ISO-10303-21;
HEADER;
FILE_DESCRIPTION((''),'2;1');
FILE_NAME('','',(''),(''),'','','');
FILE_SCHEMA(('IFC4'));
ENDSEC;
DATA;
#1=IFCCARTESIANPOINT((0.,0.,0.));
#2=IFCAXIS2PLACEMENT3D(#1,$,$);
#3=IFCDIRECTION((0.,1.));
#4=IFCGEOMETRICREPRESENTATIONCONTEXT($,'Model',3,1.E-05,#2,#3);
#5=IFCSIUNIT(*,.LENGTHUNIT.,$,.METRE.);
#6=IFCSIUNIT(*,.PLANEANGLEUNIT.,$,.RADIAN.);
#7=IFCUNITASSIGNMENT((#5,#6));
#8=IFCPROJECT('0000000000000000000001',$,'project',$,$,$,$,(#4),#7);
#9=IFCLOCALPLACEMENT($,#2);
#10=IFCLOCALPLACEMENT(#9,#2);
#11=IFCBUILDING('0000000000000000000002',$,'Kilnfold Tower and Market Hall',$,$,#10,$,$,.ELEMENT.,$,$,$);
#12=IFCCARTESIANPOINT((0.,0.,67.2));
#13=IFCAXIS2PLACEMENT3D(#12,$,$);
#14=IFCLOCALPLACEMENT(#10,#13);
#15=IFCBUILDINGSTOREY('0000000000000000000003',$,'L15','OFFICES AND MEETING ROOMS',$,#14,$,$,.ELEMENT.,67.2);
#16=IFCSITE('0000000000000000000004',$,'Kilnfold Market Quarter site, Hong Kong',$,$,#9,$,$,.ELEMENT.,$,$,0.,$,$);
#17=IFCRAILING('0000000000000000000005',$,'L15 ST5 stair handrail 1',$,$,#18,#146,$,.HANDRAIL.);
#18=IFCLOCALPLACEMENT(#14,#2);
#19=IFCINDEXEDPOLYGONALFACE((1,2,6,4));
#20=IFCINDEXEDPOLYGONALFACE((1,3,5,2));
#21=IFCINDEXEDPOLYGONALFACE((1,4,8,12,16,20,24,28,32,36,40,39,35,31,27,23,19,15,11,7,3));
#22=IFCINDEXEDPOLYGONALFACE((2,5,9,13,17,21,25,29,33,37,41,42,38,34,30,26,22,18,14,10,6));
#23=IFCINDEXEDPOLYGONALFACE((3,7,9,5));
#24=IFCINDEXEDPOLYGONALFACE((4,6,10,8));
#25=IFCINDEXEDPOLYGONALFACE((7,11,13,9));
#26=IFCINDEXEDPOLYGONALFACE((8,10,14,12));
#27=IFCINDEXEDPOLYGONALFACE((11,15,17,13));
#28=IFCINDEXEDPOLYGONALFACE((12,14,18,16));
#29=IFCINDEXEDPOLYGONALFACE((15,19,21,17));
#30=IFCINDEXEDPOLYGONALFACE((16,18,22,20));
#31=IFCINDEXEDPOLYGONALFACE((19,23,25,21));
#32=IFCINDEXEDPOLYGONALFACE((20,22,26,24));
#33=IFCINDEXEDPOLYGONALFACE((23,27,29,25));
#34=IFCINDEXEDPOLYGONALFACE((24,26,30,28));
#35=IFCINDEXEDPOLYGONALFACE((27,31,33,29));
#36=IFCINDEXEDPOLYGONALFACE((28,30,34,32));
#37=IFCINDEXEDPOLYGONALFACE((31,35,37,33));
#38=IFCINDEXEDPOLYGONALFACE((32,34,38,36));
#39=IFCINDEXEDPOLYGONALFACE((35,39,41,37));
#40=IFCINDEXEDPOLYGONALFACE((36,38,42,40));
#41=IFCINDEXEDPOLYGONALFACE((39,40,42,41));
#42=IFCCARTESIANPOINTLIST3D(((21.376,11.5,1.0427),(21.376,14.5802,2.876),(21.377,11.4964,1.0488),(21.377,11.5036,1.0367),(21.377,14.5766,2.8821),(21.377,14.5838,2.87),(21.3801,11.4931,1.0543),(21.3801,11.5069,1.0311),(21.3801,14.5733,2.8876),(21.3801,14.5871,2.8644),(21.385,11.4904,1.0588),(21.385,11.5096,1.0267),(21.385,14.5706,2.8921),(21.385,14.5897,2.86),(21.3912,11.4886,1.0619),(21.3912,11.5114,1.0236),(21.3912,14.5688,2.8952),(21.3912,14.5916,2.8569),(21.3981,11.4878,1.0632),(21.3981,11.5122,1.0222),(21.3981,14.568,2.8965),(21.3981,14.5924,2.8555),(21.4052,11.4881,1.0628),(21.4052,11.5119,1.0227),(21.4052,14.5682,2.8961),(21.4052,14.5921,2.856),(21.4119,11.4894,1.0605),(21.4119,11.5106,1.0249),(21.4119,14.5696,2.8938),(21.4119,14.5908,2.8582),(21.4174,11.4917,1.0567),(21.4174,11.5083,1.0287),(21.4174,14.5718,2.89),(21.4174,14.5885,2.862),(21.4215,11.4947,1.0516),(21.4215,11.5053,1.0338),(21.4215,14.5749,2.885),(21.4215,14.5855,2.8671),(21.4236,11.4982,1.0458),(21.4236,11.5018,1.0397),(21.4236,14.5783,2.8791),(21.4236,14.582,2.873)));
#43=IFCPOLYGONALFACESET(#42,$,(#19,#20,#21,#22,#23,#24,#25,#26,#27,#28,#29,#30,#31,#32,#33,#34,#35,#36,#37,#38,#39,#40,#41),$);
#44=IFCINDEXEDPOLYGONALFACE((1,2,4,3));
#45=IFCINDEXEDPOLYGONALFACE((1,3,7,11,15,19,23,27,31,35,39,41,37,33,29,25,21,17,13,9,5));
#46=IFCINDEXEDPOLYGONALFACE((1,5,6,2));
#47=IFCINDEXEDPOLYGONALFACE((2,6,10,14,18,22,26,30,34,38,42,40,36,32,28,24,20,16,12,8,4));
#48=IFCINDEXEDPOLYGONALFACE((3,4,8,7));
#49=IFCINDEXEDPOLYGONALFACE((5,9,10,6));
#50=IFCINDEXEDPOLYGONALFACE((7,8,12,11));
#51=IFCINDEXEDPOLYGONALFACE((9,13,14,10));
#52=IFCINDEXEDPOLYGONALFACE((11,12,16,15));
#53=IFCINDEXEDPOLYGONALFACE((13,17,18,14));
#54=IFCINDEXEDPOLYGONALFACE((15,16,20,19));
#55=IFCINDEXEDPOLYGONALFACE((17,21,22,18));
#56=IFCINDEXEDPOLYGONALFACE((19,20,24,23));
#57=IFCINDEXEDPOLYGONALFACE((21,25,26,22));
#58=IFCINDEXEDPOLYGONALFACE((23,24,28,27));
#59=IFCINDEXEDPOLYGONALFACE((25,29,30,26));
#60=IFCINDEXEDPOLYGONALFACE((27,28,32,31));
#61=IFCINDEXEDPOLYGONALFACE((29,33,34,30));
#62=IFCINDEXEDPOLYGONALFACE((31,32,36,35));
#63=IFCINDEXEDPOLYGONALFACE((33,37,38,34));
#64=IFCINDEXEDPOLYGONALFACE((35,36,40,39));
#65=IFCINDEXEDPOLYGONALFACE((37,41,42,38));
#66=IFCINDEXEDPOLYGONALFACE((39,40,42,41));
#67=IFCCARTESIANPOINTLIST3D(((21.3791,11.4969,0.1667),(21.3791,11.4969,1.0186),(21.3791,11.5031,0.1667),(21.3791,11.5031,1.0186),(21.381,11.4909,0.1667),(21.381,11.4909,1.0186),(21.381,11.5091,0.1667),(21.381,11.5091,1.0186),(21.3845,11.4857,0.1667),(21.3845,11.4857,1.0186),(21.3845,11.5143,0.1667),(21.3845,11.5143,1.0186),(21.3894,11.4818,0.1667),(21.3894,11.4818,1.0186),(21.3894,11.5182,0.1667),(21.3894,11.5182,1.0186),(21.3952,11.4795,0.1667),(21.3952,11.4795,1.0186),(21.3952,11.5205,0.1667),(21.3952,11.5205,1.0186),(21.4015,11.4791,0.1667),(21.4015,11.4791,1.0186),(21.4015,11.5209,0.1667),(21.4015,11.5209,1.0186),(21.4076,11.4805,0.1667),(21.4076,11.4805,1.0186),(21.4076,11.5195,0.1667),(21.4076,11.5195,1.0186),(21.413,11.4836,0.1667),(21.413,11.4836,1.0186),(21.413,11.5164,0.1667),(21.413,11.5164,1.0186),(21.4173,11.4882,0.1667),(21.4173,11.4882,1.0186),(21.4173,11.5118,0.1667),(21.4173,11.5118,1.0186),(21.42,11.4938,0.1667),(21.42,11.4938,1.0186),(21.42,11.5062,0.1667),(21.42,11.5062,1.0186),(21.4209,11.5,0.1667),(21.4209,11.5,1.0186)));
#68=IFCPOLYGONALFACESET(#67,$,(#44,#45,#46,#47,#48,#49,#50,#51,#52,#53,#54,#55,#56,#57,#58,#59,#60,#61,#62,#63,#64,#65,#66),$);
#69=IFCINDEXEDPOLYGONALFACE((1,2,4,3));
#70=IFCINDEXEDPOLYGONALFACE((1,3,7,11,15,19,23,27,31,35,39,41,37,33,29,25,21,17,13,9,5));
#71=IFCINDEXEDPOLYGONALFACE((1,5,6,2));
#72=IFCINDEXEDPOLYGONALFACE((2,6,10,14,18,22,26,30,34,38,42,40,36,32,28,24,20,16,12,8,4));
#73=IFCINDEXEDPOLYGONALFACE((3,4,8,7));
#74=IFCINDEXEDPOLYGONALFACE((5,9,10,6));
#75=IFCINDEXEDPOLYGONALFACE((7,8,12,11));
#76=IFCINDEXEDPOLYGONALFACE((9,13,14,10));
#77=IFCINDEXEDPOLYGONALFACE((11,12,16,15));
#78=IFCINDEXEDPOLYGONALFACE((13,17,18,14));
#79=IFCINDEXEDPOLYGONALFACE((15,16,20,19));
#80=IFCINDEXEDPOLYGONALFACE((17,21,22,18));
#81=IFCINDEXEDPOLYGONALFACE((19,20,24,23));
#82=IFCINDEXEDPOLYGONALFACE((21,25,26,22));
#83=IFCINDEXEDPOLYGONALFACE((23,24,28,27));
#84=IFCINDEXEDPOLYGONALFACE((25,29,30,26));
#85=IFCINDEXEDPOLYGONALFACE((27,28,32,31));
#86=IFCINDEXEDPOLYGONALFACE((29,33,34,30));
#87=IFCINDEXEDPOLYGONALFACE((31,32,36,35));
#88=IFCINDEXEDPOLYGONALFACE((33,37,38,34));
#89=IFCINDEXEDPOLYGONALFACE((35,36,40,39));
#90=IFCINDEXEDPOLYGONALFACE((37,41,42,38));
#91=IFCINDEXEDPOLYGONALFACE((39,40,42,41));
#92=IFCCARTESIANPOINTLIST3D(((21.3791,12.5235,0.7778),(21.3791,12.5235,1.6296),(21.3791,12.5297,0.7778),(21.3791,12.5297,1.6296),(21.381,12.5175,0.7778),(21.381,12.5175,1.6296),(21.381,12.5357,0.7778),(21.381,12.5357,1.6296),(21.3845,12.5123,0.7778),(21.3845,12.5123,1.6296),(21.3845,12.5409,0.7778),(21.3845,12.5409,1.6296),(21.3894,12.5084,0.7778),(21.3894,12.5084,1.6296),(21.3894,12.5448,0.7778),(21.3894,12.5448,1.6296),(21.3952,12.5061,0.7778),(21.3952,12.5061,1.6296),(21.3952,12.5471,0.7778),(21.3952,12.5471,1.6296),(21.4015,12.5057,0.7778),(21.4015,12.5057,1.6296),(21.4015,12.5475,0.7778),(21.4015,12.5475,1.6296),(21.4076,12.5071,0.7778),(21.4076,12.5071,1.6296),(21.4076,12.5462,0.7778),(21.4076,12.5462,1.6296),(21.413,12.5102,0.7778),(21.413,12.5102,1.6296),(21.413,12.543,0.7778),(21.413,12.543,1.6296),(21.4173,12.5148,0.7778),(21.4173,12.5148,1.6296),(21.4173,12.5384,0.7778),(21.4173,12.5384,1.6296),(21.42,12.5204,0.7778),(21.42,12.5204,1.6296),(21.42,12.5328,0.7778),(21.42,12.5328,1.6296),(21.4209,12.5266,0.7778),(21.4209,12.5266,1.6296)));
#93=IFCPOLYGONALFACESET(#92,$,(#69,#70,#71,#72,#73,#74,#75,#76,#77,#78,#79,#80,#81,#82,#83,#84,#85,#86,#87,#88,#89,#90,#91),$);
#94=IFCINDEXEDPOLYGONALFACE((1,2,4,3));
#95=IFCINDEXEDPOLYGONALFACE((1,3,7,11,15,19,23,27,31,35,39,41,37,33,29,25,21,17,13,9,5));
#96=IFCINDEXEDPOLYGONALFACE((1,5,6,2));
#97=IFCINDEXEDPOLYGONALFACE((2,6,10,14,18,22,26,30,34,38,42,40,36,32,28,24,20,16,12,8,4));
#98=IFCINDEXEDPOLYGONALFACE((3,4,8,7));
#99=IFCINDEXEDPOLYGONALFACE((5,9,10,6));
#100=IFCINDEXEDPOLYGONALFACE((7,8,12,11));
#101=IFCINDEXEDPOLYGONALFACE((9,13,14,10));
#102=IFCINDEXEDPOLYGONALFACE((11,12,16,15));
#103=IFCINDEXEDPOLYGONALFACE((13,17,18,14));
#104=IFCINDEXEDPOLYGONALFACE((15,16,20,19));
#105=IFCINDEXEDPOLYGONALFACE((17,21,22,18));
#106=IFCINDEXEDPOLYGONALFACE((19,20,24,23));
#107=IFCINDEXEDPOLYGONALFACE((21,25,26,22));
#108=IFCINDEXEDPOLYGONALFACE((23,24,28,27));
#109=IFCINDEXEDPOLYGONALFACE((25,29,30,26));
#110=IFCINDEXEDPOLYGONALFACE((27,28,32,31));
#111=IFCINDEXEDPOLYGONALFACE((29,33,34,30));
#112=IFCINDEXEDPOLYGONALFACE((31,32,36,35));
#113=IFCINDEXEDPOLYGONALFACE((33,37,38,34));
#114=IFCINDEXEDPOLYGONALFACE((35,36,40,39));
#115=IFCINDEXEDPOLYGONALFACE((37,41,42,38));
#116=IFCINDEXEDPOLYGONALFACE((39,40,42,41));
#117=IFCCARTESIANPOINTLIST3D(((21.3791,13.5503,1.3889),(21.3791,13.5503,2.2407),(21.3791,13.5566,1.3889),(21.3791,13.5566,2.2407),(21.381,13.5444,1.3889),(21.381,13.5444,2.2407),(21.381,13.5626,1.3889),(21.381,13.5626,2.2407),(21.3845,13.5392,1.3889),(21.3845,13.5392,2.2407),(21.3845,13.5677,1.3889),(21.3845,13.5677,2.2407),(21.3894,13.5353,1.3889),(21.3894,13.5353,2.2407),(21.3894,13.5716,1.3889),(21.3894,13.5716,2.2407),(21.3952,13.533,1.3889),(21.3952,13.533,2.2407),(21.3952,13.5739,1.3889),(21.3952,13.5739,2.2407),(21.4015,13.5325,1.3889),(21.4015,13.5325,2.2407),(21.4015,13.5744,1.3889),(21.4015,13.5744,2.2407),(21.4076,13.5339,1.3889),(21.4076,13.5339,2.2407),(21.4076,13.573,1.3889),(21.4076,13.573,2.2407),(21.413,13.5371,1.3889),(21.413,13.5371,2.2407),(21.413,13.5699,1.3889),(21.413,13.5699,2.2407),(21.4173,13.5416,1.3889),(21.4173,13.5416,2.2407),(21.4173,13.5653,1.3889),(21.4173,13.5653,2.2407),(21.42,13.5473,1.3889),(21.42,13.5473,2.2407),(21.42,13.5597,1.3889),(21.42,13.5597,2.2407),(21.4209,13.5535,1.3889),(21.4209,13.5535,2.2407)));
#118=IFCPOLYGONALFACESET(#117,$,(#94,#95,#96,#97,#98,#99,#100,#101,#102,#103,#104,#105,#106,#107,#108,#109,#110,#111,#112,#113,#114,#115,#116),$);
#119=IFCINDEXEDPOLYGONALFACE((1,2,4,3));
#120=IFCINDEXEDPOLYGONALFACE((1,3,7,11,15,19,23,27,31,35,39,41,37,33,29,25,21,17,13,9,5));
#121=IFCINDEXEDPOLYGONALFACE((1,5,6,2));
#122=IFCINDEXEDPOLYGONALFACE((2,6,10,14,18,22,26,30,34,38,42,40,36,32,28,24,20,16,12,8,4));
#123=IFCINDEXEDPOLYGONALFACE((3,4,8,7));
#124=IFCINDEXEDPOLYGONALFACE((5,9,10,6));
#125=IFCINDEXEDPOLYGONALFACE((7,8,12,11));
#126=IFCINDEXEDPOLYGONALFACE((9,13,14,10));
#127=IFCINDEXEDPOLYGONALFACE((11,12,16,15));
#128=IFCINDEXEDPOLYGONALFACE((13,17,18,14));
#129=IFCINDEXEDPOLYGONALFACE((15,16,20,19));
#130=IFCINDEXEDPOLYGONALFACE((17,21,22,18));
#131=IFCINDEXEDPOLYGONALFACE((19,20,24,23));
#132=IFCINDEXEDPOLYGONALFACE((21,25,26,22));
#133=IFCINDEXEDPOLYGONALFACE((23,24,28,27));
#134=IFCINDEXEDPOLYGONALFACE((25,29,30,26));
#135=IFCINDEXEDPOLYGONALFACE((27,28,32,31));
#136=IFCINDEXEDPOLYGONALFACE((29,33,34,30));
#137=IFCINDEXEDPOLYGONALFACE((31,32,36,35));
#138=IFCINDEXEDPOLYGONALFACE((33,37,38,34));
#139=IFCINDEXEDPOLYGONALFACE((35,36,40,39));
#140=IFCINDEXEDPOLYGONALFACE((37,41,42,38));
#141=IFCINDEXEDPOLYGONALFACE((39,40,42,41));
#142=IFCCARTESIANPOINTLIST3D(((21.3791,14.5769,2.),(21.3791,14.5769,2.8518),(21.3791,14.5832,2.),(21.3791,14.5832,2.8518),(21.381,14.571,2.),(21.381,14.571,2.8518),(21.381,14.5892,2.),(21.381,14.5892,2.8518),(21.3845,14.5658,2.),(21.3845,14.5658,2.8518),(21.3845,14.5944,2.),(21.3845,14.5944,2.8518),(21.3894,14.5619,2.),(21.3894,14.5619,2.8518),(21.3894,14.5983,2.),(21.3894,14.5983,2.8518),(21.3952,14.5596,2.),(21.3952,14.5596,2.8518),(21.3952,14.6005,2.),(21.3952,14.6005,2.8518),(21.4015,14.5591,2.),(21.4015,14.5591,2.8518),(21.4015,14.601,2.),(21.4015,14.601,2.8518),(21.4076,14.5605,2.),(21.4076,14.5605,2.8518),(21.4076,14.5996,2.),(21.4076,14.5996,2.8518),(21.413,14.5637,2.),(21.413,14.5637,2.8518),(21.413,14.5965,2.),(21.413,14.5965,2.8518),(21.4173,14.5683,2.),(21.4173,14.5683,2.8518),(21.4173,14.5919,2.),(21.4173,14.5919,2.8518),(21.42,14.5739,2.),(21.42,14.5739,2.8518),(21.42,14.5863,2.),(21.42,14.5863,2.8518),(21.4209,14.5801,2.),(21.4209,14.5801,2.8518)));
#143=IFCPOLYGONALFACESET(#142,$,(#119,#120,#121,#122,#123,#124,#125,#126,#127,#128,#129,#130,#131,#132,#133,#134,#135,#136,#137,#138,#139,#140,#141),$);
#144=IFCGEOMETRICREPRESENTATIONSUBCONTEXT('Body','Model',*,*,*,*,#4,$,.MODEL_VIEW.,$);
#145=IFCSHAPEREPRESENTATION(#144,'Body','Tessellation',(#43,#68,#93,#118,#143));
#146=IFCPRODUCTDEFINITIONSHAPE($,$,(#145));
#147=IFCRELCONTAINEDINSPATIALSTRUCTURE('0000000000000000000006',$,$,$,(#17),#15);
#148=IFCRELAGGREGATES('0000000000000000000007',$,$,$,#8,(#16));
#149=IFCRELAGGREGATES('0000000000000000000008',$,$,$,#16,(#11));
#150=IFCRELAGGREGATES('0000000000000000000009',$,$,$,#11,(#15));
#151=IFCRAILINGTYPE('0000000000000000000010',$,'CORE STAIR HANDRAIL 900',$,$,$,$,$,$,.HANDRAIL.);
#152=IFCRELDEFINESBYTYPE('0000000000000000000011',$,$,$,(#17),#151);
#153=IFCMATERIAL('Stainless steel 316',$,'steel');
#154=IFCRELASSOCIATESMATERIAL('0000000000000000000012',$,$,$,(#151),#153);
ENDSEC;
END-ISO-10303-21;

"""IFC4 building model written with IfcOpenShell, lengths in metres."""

from ifc_helpers import new_model, si_unit, direction, frame, origin, origin_2d, place, context, subcontext, project, spatial, circle, extrude, material, type_object, element, save


model = new_model("IFC4")

# Units and contexts
model_context = context("Model", 3, precision=1e-05, world=origin(), true_north=direction((0.0, 1.0)))
body_context = subcontext(model_context, "Body", "Model", "MODEL_VIEW")
ifc_project = project(units=[si_unit("LENGTHUNIT", "METRE"), si_unit("PLANEANGLEUNIT", "RADIAN")], contexts=[model_context])

# Site, building, storey
site_placement = place(None, origin())
site = spatial("IfcSite", under=ifc_project, at=site_placement, Name="Kilnfold Market Quarter site, Hong Kong", CompositionType="ELEMENT", RefElevation=0.0)
building_placement = place(site_placement, origin())
building = spatial("IfcBuilding", under=site, at=building_placement, Name="Kilnfold Tower and Market Hall", CompositionType="ELEMENT")
storey_placement = place(building_placement, frame((0.0, 0.0, 67.2)))
storey = spatial("IfcBuildingStorey", under=building, at=storey_placement, Name="L15", Description="OFFICES AND MEETING ROOMS", CompositionType="ELEMENT", Elevation=67.2)

# Railing
ifc_material_1 = material(Name="Stainless steel 316", Category="steel")
railing_type_1 = type_object("IfcRailingType", Name="CORE STAIR HANDRAIL 900", PredefinedType="HANDRAIL", material=ifc_material_1)
railing_1_placement = place(storey_placement, frame((21.3999, 11.5, 0.1667)))
element("IfcRailing", 1, at=railing_1_placement, inside=storey, type_object=railing_type_1, Name="L15 ST5 stair handrail 1", PredefinedType="HANDRAIL", context=body_context, shape_type="SweptSolid", body=[
    extrude(circle(Radius=0.0239, at=origin_2d()), frame((0.0, 0.0, 0.876), z_axis=(0.0, 0.859309, 0.511458), x_axis=(-1.0, 0.0, 0.0)), (0.0, 0.0, 1.0), 3.5845),
    extrude(circle(Radius=0.021, at=origin_2d()), origin(), (0.0, 0.0, 1.0), 0.8518),
    extrude(circle(Radius=0.021, at=origin_2d()), frame((0.0, 1.0266, 0.6111)), (0.0, 0.0, 1.0), 0.8518),
    extrude(circle(Radius=0.021, at=origin_2d()), frame((0.0, 2.0535, 1.2222)), (0.0, 0.0, 1.0), 0.8518),
    extrude(circle(Radius=0.021, at=origin_2d()), frame((0.0, 3.0801, 1.8333)), (0.0, 0.0, 1.0), 0.8518),
])

save(model, "model.ifc")
